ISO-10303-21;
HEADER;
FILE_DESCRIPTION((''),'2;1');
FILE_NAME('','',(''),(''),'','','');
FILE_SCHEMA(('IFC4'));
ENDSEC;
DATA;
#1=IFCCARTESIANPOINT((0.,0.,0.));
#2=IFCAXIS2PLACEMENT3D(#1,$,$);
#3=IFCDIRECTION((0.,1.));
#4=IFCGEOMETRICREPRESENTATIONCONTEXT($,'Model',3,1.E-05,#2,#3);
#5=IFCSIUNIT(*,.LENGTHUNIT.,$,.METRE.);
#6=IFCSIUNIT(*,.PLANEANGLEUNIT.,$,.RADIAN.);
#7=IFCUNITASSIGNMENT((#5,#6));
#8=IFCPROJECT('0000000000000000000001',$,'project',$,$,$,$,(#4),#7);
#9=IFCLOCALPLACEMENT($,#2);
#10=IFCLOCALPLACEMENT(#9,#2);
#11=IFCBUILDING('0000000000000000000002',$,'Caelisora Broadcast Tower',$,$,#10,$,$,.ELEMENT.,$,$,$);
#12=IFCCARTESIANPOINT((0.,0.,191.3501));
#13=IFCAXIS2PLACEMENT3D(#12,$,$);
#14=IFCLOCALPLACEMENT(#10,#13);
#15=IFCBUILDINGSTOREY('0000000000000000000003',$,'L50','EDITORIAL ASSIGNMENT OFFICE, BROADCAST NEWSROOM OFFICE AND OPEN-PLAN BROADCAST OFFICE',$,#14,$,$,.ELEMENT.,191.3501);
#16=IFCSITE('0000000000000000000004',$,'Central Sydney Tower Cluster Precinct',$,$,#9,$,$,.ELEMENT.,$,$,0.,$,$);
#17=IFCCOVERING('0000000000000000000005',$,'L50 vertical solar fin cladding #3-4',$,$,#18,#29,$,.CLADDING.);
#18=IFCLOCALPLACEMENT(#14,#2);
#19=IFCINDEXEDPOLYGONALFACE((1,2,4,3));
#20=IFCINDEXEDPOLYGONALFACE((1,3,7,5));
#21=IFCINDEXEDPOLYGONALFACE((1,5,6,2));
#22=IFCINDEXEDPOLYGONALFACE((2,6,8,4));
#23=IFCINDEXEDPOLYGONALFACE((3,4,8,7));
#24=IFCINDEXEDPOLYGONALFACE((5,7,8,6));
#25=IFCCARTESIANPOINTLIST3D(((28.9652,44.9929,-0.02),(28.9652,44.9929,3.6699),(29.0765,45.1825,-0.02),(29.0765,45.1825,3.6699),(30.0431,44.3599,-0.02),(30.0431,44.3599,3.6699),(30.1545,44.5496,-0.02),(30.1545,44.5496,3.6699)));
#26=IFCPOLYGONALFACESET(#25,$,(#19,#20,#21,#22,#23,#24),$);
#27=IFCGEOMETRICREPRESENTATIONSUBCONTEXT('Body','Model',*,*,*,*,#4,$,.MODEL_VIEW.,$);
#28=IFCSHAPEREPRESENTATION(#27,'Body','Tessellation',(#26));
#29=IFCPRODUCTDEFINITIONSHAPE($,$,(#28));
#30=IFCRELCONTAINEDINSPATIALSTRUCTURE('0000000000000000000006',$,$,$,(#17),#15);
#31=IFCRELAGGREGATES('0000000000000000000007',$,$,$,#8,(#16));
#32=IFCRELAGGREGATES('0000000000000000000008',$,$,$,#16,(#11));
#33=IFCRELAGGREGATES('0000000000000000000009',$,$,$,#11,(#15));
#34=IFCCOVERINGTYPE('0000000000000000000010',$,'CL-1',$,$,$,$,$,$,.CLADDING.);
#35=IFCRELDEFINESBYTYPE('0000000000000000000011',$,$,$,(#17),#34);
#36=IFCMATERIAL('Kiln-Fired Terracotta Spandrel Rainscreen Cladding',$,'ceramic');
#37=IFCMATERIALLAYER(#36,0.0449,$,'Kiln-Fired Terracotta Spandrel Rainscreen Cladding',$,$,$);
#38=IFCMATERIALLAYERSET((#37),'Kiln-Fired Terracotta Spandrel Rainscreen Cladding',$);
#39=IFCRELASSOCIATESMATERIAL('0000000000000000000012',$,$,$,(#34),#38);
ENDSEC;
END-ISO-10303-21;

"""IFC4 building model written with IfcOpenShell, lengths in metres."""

from ifc_helpers import new_model, si_unit, direction, frame, origin, origin_2d, place, context, subcontext, project, spatial, rectangle, extrude, source, transform, mapped, material, layer, layer_set, type_object, type_shapes, element, save


model = new_model("IFC4")

# Units and contexts
model_context = context("Model", 3, precision=1e-05, world=origin(), true_north=direction((0.0, 1.0)))
body_context = subcontext(model_context, "Body", "Model", "MODEL_VIEW")
ifc_project = project(units=[si_unit("LENGTHUNIT", "METRE"), si_unit("PLANEANGLEUNIT", "RADIAN")], contexts=[model_context])

# Site, building, storey
site_placement = place(None, origin())
site = spatial("IfcSite", under=ifc_project, at=site_placement, Name="Central Sydney Tower Cluster Precinct", CompositionType="ELEMENT", RefElevation=0.0)
building_placement = place(site_placement, origin())
building = spatial("IfcBuilding", under=site, at=building_placement, Name="Caelisora Broadcast Tower", CompositionType="ELEMENT")
storey_placement = place(building_placement, frame((0.0, 0.0, 191.3501)))
storey = spatial("IfcBuildingStorey", under=building, at=storey_placement, Name="L50", Description="EDITORIAL ASSIGNMENT OFFICE, BROADCAST NEWSROOM OFFICE AND OPEN-PLAN BROADCAST OFFICE", CompositionType="ELEMENT", Elevation=191.3501)

# Covering
ifc_material_1 = material(Name="Kiln-Fired Terracotta Spandrel Rainscreen Cladding", Category="ceramic")
ifc_layer_1 = layer(ifc_material_1, 0.0449, Name="Kiln-Fired Terracotta Spandrel Rainscreen Cladding")
ifc_layer_set_1 = layer_set([ifc_layer_1], Name="Kiln-Fired Terracotta Spandrel Rainscreen Cladding")
covering_type = type_object("IfcCoveringType", Name="CL-1", PredefinedType="CLADDING", material=ifc_layer_set_1)
shared_shape_1 = source(origin(), body_context, "Body", "SweptSolid", [
    extrude(rectangle(XDim=0.22, YDim=1.25, at=origin_2d()), origin(), (0.0, 0.0, 1.0), 3.6899),
])
type_shapes(covering_type, [shared_shape_1])
for number, where, z_axis, x_axis, name in (
    (1, (29.5598, 44.7712, -0.02), (0.0, 0.0, 1.0), (0.506335, 0.862337, 0.0), "L50 vertical solar fin cladding #3-4"),
):
    element("IfcCovering", number, at=place(storey_placement, frame(where, z_axis=z_axis, x_axis=x_axis)), inside=storey, type_object=covering_type, Name=name, PredefinedType="CLADDING", context=body_context, shape_type="MappedRepresentation", body=[
        mapped(shared_shape_1, transform((0.0, 0.0, 0.0), scale=1.0)),
    ])

save(model, "model.ifc")
